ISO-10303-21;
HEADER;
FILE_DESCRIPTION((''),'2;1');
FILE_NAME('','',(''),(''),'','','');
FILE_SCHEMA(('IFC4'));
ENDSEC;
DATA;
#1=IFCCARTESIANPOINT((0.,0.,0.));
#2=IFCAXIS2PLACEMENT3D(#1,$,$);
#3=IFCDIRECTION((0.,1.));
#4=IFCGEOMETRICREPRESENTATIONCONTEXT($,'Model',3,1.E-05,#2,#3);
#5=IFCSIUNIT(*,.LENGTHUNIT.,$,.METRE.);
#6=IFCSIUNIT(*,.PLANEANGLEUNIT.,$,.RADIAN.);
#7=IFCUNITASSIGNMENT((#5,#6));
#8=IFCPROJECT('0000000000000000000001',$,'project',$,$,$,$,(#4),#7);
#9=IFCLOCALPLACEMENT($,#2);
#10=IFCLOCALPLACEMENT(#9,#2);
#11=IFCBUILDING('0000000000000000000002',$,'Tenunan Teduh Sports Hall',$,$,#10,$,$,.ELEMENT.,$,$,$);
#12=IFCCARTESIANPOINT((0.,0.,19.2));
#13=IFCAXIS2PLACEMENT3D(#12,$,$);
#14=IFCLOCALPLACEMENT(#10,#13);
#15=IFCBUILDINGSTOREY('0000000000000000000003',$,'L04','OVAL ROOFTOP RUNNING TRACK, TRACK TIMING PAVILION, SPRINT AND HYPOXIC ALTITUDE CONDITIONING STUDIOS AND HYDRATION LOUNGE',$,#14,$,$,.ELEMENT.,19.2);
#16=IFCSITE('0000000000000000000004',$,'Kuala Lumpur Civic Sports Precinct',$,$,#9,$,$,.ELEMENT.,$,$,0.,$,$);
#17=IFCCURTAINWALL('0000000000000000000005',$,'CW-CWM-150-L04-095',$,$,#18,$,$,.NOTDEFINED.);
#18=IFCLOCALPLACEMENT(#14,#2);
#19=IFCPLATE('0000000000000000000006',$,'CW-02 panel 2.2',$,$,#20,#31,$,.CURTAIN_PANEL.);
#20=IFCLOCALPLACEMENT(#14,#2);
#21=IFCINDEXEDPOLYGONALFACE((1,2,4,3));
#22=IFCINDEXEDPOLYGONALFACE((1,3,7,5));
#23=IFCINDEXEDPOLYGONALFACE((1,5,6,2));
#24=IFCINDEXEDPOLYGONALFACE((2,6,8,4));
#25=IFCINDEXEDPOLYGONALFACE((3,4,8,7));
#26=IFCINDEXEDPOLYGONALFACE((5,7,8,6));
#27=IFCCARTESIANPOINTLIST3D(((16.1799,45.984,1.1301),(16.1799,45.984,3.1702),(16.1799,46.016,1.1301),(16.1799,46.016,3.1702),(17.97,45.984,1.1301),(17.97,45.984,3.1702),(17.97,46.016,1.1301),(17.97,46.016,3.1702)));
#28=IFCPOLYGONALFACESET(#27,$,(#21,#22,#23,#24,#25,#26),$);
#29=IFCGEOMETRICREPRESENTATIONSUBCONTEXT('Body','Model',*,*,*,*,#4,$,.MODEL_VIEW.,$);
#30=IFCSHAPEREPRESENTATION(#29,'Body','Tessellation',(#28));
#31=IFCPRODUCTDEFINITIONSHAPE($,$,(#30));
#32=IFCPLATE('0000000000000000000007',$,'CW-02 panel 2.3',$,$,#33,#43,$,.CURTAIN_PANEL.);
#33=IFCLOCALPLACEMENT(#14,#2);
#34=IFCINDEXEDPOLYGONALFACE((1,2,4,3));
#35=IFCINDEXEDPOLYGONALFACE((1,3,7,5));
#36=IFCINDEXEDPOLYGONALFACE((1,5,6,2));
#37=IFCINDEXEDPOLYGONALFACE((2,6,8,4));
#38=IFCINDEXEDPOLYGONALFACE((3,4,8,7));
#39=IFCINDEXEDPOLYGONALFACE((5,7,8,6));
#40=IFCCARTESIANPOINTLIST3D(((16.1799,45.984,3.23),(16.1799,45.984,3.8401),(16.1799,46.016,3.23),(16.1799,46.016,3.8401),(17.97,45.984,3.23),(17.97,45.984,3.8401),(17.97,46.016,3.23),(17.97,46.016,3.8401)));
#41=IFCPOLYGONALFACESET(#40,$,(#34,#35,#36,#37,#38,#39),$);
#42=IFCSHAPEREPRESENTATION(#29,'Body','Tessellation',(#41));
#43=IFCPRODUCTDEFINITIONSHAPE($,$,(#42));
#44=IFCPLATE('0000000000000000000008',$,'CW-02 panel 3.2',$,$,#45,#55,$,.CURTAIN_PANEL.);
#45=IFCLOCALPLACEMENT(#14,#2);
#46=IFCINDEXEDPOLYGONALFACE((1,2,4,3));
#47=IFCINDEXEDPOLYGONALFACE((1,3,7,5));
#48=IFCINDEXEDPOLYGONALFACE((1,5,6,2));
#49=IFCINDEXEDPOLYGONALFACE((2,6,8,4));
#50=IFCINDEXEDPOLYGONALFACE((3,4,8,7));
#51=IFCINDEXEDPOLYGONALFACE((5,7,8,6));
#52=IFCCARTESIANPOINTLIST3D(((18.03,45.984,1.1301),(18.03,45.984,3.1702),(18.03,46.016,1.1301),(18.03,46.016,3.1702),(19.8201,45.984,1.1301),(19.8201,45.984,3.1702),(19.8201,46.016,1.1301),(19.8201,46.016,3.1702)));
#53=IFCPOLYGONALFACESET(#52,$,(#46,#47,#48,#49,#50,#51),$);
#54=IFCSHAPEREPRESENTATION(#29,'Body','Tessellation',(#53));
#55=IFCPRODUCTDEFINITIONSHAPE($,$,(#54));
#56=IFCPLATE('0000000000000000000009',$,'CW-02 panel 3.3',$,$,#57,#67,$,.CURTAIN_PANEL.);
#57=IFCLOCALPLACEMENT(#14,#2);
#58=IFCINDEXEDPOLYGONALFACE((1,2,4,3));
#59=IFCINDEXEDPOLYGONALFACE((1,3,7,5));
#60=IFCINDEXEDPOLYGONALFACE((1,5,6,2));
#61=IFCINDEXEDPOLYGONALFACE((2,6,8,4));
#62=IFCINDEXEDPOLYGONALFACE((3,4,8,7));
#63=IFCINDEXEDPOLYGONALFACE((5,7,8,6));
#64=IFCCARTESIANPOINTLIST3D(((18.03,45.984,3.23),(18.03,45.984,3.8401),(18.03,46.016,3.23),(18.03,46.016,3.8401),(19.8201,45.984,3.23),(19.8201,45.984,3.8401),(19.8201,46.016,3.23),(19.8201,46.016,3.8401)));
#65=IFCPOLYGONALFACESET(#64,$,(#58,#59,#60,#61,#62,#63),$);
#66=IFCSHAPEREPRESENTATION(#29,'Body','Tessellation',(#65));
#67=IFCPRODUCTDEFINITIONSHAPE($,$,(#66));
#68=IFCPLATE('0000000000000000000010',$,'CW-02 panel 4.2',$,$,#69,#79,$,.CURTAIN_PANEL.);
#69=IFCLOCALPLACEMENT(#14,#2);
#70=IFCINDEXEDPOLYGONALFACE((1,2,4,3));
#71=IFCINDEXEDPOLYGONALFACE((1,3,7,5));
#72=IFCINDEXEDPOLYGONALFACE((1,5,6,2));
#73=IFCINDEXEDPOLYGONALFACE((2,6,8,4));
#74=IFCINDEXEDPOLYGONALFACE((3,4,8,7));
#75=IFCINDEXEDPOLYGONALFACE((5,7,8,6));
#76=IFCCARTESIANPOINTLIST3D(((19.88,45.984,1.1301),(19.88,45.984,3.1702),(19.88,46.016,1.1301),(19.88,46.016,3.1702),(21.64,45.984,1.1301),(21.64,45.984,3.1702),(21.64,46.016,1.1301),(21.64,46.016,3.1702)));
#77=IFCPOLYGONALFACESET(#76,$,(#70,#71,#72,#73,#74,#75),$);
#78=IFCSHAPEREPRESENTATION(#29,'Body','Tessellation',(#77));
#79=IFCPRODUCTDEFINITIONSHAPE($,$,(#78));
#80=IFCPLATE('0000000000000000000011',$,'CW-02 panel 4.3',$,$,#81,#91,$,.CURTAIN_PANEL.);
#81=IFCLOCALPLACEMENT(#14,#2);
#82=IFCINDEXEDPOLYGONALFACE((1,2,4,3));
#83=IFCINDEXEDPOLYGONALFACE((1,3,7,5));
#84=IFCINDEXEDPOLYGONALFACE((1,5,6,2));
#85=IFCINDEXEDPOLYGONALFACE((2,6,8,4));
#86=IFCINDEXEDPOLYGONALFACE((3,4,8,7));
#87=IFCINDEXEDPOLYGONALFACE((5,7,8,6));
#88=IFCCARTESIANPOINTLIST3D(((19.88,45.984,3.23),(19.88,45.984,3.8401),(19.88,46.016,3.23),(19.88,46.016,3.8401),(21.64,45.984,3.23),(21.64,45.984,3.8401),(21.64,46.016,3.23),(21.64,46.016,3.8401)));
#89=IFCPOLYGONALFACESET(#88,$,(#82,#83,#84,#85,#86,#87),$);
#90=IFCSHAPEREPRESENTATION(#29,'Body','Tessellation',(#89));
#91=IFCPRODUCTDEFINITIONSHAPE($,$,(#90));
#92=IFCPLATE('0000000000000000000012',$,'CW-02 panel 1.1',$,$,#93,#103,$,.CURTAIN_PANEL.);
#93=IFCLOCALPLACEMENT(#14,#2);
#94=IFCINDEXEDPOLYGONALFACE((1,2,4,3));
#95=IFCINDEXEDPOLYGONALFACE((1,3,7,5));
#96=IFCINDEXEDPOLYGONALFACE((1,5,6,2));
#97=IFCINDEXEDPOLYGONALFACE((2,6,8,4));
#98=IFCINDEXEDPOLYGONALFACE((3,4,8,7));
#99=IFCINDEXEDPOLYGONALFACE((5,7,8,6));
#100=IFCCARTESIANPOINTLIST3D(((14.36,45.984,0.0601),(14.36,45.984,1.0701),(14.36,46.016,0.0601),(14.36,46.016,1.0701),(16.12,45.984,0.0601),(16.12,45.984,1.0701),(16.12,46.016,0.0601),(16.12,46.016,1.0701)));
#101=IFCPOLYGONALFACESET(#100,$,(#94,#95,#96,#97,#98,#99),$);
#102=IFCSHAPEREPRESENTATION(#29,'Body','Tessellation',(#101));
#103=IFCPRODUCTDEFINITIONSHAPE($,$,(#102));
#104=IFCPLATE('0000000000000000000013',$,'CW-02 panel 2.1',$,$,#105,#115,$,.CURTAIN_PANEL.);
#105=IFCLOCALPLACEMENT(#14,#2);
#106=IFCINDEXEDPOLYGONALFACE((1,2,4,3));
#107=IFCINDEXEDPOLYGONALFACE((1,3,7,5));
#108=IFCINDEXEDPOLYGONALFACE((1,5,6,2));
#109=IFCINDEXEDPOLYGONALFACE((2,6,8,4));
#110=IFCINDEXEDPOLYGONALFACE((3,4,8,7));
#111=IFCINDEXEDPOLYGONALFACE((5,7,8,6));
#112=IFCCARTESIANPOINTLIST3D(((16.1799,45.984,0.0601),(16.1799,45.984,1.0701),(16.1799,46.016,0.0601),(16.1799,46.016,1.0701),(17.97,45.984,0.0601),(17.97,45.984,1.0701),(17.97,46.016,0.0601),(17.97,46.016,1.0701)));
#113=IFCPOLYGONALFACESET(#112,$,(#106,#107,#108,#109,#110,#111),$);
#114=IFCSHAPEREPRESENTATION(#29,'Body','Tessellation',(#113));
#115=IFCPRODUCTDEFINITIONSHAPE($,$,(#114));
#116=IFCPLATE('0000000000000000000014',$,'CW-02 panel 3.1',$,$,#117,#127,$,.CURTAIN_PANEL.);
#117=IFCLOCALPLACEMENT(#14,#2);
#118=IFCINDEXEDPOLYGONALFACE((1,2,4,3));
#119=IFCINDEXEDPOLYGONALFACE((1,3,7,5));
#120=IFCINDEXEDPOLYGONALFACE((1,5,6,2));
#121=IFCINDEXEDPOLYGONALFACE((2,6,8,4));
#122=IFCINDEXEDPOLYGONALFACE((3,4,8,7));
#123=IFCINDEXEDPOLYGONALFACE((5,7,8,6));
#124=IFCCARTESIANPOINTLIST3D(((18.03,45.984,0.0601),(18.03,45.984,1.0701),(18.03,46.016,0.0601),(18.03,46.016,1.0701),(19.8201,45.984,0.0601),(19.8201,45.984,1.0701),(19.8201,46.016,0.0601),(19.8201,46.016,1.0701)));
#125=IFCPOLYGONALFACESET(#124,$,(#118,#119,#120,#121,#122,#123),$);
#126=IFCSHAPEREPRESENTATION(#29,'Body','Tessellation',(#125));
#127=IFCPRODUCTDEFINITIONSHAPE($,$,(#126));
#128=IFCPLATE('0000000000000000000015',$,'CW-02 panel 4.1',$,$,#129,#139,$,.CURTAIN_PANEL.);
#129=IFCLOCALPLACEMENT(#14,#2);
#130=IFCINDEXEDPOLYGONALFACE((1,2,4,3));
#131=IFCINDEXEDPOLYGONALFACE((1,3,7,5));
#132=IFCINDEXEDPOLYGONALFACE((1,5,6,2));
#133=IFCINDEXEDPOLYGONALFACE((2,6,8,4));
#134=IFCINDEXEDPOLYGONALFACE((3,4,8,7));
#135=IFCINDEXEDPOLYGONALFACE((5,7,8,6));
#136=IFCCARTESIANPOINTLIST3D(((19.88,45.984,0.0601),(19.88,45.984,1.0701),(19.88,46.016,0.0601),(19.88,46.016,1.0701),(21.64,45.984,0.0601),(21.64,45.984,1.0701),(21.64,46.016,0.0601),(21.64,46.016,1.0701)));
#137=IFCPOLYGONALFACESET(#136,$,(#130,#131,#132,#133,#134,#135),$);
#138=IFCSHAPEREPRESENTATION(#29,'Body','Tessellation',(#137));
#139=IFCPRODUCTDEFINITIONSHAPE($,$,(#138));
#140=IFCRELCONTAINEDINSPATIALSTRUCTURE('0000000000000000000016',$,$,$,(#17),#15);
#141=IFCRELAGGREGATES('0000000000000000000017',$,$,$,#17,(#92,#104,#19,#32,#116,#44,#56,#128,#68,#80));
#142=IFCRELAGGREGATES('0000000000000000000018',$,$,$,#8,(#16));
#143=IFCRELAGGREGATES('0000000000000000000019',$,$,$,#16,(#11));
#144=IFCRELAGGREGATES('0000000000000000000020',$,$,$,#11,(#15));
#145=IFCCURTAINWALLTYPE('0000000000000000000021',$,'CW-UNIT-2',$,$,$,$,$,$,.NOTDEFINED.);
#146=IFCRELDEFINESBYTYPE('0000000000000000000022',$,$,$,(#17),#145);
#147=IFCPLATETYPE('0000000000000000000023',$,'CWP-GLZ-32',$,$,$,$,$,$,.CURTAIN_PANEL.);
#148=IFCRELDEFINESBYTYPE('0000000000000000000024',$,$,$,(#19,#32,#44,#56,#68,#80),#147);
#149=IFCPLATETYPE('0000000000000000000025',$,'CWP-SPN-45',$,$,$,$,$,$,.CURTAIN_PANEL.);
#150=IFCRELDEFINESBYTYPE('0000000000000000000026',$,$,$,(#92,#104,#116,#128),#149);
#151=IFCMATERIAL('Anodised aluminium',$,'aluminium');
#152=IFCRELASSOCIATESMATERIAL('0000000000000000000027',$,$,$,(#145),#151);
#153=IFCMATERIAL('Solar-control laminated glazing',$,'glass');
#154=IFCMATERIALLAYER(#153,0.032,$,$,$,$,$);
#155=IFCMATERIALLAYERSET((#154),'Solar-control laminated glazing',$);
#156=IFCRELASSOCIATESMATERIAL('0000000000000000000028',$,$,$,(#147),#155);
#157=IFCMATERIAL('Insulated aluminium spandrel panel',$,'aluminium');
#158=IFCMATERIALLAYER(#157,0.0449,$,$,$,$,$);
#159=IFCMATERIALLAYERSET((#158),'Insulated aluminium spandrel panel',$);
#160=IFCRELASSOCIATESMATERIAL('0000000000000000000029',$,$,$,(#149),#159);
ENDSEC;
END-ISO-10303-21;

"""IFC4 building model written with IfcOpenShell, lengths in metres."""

from ifc_helpers import new_model, si_unit, direction, frame, origin, origin_2d, place, context, subcontext, project, spatial, rectangle, extrude, material, layer, layer_set, type_object, element, aggregate, save


model = new_model("IFC4")

# Units and contexts
model_context = context("Model", 3, precision=1e-05, world=origin(), true_north=direction((0.0, 1.0)))
body_context = subcontext(model_context, "Body", "Model", "MODEL_VIEW")
ifc_project = project(units=[si_unit("LENGTHUNIT", "METRE"), si_unit("PLANEANGLEUNIT", "RADIAN")], contexts=[model_context])

# Site, building, storey
site_placement = place(None, origin())
site = spatial("IfcSite", under=ifc_project, at=site_placement, Name="Kuala Lumpur Civic Sports Precinct", CompositionType="ELEMENT", RefElevation=0.0)
building_placement = place(site_placement, origin())
building = spatial("IfcBuilding", under=site, at=building_placement, Name="Tenunan Teduh Sports Hall", CompositionType="ELEMENT")
storey_placement = place(building_placement, frame((0.0, 0.0, 19.2)))
storey = spatial("IfcBuildingStorey", under=building, at=storey_placement, Name="L04", Description="OVAL ROOFTOP RUNNING TRACK, TRACK TIMING PAVILION, SPRINT AND HYPOXIC ALTITUDE CONDITIONING STUDIOS AND HYDRATION LOUNGE", CompositionType="ELEMENT", Elevation=19.2)

# Curtain wall
ifc_material_1 = material(Name="Anodised aluminium", Category="aluminium")
curtain_wall_type = type_object("IfcCurtainWallType", Name="CW-UNIT-2", PredefinedType="NOTDEFINED", material=ifc_material_1)
curtain_wall_1_placement = place(storey_placement, origin())
curtain_wall_1 = element("IfcCurtainWall", 1, at=curtain_wall_1_placement, inside=storey, type_object=curtain_wall_type, Name="CW-CWM-150-L04-095", PredefinedType="NOTDEFINED")

# Plates
ifc_material_2 = material(Name="Solar-control laminated glazing", Category="glass")
ifc_layer_1 = layer(ifc_material_2, 0.032)
ifc_layer_set_1 = layer_set([ifc_layer_1], Name="Solar-control laminated glazing")
plate_type_1 = type_object("IfcPlateType", Name="CWP-GLZ-32", PredefinedType="CURTAIN_PANEL", material=ifc_layer_set_1)
plate_1_placement = place(storey_placement, frame((17.075, 46.0, 1.1301), z_axis=(0.0, 0.0, 1.0), x_axis=(1.0, 0.0, 0.0)))
plate_1 = element("IfcPlate", 2, at=plate_1_placement, type_object=plate_type_1, Name="CW-02 panel 2.2", PredefinedType="CURTAIN_PANEL", context=body_context, shape_type="SweptSolid", body=[
    extrude(rectangle(XDim=1.79, YDim=0.032, at=origin_2d()), origin(), (0.0, 0.0, 1.0), 2.04),
])
plate_2_placement = place(storey_placement, frame((17.075, 46.0, 3.23), z_axis=(0.0, 0.0, 1.0), x_axis=(1.0, 0.0, 0.0)))
plate_2 = element("IfcPlate", 3, at=plate_2_placement, type_object=plate_type_1, Name="CW-02 panel 2.3", PredefinedType="CURTAIN_PANEL", context=body_context, shape_type="SweptSolid", body=[
    extrude(rectangle(XDim=1.79, YDim=0.032, at=origin_2d()), origin(), (0.0, 0.0, 1.0), 0.6101),
])
plate_3_placement = place(storey_placement, frame((18.925, 46.0, 1.1301), z_axis=(0.0, 0.0, 1.0), x_axis=(1.0, 0.0, 0.0)))
plate_3 = element("IfcPlate", 4, at=plate_3_placement, type_object=plate_type_1, Name="CW-02 panel 3.2", PredefinedType="CURTAIN_PANEL", context=body_context, shape_type="SweptSolid", body=[
    extrude(rectangle(XDim=1.79, YDim=0.032, at=origin_2d()), origin(), (0.0, 0.0, 1.0), 2.04),
])
plate_4_placement = place(storey_placement, frame((18.925, 46.0, 3.23), z_axis=(0.0, 0.0, 1.0), x_axis=(1.0, 0.0, 0.0)))
plate_4 = element("IfcPlate", 5, at=plate_4_placement, type_object=plate_type_1, Name="CW-02 panel 3.3", PredefinedType="CURTAIN_PANEL", context=body_context, shape_type="SweptSolid", body=[
    extrude(rectangle(XDim=1.79, YDim=0.032, at=origin_2d()), origin(), (0.0, 0.0, 1.0), 0.6101),
])
plate_5_placement = place(storey_placement, frame((20.76, 46.0, 1.1301), z_axis=(0.0, 0.0, 1.0), x_axis=(1.0, 0.0, 0.0)))
plate_5 = element("IfcPlate", 6, at=plate_5_placement, type_object=plate_type_1, Name="CW-02 panel 4.2", PredefinedType="CURTAIN_PANEL", context=body_context, shape_type="SweptSolid", body=[
    extrude(rectangle(XDim=1.76, YDim=0.032, at=origin_2d()), origin(), (0.0, 0.0, 1.0), 2.04),
])
plate_6_placement = place(storey_placement, frame((20.76, 46.0, 3.23), z_axis=(0.0, 0.0, 1.0), x_axis=(1.0, 0.0, 0.0)))
plate_6 = element("IfcPlate", 7, at=plate_6_placement, type_object=plate_type_1, Name="CW-02 panel 4.3", PredefinedType="CURTAIN_PANEL", context=body_context, shape_type="SweptSolid", body=[
    extrude(rectangle(XDim=1.76, YDim=0.032, at=origin_2d()), origin(), (0.0, 0.0, 1.0), 0.6101),
])
ifc_material_3 = material(Name="Insulated aluminium spandrel panel", Category="aluminium")
ifc_layer_2 = layer(ifc_material_3, 0.0449)
ifc_layer_set_2 = layer_set([ifc_layer_2], Name="Insulated aluminium spandrel panel")
plate_type_2 = type_object("IfcPlateType", Name="CWP-SPN-45", PredefinedType="CURTAIN_PANEL", material=ifc_layer_set_2)
plate_7_placement = place(storey_placement, frame((15.24, 46.0, 0.0601), z_axis=(0.0, 0.0, 1.0), x_axis=(1.0, 0.0, 0.0)))
plate_7 = element("IfcPlate", 8, at=plate_7_placement, type_object=plate_type_2, Name="CW-02 panel 1.1", PredefinedType="CURTAIN_PANEL", context=body_context, shape_type="SweptSolid", body=[
    extrude(rectangle(XDim=1.76, YDim=0.032, at=origin_2d()), origin(), (0.0, 0.0, 1.0), 1.01),
])
plate_8_placement = place(storey_placement, frame((17.075, 46.0, 0.0601), z_axis=(0.0, 0.0, 1.0), x_axis=(1.0, 0.0, 0.0)))
plate_8 = element("IfcPlate", 9, at=plate_8_placement, type_object=plate_type_2, Name="CW-02 panel 2.1", PredefinedType="CURTAIN_PANEL", context=body_context, shape_type="SweptSolid", body=[
    extrude(rectangle(XDim=1.79, YDim=0.032, at=origin_2d()), origin(), (0.0, 0.0, 1.0), 1.01),
])
plate_9_placement = place(storey_placement, frame((18.925, 46.0, 0.0601), z_axis=(0.0, 0.0, 1.0), x_axis=(1.0, 0.0, 0.0)))
plate_9 = element("IfcPlate", 10, at=plate_9_placement, type_object=plate_type_2, Name="CW-02 panel 3.1", PredefinedType="CURTAIN_PANEL", context=body_context, shape_type="SweptSolid", body=[
    extrude(rectangle(XDim=1.79, YDim=0.032, at=origin_2d()), origin(), (0.0, 0.0, 1.0), 1.01),
])
plate_10_placement = place(storey_placement, frame((20.76, 46.0, 0.0601), z_axis=(0.0, 0.0, 1.0), x_axis=(1.0, 0.0, 0.0)))
plate_10 = element("IfcPlate", 11, at=plate_10_placement, type_object=plate_type_2, Name="CW-02 panel 4.1", PredefinedType="CURTAIN_PANEL", context=body_context, shape_type="SweptSolid", body=[
    extrude(rectangle(XDim=1.76, YDim=0.032, at=origin_2d()), origin(), (0.0, 0.0, 1.0), 1.01),
])
aggregate(curtain_wall_1, [plate_7, plate_8, plate_1, plate_2, plate_9, plate_3, plate_4, plate_10, plate_5, plate_6])

save(model, "model.ifc")
